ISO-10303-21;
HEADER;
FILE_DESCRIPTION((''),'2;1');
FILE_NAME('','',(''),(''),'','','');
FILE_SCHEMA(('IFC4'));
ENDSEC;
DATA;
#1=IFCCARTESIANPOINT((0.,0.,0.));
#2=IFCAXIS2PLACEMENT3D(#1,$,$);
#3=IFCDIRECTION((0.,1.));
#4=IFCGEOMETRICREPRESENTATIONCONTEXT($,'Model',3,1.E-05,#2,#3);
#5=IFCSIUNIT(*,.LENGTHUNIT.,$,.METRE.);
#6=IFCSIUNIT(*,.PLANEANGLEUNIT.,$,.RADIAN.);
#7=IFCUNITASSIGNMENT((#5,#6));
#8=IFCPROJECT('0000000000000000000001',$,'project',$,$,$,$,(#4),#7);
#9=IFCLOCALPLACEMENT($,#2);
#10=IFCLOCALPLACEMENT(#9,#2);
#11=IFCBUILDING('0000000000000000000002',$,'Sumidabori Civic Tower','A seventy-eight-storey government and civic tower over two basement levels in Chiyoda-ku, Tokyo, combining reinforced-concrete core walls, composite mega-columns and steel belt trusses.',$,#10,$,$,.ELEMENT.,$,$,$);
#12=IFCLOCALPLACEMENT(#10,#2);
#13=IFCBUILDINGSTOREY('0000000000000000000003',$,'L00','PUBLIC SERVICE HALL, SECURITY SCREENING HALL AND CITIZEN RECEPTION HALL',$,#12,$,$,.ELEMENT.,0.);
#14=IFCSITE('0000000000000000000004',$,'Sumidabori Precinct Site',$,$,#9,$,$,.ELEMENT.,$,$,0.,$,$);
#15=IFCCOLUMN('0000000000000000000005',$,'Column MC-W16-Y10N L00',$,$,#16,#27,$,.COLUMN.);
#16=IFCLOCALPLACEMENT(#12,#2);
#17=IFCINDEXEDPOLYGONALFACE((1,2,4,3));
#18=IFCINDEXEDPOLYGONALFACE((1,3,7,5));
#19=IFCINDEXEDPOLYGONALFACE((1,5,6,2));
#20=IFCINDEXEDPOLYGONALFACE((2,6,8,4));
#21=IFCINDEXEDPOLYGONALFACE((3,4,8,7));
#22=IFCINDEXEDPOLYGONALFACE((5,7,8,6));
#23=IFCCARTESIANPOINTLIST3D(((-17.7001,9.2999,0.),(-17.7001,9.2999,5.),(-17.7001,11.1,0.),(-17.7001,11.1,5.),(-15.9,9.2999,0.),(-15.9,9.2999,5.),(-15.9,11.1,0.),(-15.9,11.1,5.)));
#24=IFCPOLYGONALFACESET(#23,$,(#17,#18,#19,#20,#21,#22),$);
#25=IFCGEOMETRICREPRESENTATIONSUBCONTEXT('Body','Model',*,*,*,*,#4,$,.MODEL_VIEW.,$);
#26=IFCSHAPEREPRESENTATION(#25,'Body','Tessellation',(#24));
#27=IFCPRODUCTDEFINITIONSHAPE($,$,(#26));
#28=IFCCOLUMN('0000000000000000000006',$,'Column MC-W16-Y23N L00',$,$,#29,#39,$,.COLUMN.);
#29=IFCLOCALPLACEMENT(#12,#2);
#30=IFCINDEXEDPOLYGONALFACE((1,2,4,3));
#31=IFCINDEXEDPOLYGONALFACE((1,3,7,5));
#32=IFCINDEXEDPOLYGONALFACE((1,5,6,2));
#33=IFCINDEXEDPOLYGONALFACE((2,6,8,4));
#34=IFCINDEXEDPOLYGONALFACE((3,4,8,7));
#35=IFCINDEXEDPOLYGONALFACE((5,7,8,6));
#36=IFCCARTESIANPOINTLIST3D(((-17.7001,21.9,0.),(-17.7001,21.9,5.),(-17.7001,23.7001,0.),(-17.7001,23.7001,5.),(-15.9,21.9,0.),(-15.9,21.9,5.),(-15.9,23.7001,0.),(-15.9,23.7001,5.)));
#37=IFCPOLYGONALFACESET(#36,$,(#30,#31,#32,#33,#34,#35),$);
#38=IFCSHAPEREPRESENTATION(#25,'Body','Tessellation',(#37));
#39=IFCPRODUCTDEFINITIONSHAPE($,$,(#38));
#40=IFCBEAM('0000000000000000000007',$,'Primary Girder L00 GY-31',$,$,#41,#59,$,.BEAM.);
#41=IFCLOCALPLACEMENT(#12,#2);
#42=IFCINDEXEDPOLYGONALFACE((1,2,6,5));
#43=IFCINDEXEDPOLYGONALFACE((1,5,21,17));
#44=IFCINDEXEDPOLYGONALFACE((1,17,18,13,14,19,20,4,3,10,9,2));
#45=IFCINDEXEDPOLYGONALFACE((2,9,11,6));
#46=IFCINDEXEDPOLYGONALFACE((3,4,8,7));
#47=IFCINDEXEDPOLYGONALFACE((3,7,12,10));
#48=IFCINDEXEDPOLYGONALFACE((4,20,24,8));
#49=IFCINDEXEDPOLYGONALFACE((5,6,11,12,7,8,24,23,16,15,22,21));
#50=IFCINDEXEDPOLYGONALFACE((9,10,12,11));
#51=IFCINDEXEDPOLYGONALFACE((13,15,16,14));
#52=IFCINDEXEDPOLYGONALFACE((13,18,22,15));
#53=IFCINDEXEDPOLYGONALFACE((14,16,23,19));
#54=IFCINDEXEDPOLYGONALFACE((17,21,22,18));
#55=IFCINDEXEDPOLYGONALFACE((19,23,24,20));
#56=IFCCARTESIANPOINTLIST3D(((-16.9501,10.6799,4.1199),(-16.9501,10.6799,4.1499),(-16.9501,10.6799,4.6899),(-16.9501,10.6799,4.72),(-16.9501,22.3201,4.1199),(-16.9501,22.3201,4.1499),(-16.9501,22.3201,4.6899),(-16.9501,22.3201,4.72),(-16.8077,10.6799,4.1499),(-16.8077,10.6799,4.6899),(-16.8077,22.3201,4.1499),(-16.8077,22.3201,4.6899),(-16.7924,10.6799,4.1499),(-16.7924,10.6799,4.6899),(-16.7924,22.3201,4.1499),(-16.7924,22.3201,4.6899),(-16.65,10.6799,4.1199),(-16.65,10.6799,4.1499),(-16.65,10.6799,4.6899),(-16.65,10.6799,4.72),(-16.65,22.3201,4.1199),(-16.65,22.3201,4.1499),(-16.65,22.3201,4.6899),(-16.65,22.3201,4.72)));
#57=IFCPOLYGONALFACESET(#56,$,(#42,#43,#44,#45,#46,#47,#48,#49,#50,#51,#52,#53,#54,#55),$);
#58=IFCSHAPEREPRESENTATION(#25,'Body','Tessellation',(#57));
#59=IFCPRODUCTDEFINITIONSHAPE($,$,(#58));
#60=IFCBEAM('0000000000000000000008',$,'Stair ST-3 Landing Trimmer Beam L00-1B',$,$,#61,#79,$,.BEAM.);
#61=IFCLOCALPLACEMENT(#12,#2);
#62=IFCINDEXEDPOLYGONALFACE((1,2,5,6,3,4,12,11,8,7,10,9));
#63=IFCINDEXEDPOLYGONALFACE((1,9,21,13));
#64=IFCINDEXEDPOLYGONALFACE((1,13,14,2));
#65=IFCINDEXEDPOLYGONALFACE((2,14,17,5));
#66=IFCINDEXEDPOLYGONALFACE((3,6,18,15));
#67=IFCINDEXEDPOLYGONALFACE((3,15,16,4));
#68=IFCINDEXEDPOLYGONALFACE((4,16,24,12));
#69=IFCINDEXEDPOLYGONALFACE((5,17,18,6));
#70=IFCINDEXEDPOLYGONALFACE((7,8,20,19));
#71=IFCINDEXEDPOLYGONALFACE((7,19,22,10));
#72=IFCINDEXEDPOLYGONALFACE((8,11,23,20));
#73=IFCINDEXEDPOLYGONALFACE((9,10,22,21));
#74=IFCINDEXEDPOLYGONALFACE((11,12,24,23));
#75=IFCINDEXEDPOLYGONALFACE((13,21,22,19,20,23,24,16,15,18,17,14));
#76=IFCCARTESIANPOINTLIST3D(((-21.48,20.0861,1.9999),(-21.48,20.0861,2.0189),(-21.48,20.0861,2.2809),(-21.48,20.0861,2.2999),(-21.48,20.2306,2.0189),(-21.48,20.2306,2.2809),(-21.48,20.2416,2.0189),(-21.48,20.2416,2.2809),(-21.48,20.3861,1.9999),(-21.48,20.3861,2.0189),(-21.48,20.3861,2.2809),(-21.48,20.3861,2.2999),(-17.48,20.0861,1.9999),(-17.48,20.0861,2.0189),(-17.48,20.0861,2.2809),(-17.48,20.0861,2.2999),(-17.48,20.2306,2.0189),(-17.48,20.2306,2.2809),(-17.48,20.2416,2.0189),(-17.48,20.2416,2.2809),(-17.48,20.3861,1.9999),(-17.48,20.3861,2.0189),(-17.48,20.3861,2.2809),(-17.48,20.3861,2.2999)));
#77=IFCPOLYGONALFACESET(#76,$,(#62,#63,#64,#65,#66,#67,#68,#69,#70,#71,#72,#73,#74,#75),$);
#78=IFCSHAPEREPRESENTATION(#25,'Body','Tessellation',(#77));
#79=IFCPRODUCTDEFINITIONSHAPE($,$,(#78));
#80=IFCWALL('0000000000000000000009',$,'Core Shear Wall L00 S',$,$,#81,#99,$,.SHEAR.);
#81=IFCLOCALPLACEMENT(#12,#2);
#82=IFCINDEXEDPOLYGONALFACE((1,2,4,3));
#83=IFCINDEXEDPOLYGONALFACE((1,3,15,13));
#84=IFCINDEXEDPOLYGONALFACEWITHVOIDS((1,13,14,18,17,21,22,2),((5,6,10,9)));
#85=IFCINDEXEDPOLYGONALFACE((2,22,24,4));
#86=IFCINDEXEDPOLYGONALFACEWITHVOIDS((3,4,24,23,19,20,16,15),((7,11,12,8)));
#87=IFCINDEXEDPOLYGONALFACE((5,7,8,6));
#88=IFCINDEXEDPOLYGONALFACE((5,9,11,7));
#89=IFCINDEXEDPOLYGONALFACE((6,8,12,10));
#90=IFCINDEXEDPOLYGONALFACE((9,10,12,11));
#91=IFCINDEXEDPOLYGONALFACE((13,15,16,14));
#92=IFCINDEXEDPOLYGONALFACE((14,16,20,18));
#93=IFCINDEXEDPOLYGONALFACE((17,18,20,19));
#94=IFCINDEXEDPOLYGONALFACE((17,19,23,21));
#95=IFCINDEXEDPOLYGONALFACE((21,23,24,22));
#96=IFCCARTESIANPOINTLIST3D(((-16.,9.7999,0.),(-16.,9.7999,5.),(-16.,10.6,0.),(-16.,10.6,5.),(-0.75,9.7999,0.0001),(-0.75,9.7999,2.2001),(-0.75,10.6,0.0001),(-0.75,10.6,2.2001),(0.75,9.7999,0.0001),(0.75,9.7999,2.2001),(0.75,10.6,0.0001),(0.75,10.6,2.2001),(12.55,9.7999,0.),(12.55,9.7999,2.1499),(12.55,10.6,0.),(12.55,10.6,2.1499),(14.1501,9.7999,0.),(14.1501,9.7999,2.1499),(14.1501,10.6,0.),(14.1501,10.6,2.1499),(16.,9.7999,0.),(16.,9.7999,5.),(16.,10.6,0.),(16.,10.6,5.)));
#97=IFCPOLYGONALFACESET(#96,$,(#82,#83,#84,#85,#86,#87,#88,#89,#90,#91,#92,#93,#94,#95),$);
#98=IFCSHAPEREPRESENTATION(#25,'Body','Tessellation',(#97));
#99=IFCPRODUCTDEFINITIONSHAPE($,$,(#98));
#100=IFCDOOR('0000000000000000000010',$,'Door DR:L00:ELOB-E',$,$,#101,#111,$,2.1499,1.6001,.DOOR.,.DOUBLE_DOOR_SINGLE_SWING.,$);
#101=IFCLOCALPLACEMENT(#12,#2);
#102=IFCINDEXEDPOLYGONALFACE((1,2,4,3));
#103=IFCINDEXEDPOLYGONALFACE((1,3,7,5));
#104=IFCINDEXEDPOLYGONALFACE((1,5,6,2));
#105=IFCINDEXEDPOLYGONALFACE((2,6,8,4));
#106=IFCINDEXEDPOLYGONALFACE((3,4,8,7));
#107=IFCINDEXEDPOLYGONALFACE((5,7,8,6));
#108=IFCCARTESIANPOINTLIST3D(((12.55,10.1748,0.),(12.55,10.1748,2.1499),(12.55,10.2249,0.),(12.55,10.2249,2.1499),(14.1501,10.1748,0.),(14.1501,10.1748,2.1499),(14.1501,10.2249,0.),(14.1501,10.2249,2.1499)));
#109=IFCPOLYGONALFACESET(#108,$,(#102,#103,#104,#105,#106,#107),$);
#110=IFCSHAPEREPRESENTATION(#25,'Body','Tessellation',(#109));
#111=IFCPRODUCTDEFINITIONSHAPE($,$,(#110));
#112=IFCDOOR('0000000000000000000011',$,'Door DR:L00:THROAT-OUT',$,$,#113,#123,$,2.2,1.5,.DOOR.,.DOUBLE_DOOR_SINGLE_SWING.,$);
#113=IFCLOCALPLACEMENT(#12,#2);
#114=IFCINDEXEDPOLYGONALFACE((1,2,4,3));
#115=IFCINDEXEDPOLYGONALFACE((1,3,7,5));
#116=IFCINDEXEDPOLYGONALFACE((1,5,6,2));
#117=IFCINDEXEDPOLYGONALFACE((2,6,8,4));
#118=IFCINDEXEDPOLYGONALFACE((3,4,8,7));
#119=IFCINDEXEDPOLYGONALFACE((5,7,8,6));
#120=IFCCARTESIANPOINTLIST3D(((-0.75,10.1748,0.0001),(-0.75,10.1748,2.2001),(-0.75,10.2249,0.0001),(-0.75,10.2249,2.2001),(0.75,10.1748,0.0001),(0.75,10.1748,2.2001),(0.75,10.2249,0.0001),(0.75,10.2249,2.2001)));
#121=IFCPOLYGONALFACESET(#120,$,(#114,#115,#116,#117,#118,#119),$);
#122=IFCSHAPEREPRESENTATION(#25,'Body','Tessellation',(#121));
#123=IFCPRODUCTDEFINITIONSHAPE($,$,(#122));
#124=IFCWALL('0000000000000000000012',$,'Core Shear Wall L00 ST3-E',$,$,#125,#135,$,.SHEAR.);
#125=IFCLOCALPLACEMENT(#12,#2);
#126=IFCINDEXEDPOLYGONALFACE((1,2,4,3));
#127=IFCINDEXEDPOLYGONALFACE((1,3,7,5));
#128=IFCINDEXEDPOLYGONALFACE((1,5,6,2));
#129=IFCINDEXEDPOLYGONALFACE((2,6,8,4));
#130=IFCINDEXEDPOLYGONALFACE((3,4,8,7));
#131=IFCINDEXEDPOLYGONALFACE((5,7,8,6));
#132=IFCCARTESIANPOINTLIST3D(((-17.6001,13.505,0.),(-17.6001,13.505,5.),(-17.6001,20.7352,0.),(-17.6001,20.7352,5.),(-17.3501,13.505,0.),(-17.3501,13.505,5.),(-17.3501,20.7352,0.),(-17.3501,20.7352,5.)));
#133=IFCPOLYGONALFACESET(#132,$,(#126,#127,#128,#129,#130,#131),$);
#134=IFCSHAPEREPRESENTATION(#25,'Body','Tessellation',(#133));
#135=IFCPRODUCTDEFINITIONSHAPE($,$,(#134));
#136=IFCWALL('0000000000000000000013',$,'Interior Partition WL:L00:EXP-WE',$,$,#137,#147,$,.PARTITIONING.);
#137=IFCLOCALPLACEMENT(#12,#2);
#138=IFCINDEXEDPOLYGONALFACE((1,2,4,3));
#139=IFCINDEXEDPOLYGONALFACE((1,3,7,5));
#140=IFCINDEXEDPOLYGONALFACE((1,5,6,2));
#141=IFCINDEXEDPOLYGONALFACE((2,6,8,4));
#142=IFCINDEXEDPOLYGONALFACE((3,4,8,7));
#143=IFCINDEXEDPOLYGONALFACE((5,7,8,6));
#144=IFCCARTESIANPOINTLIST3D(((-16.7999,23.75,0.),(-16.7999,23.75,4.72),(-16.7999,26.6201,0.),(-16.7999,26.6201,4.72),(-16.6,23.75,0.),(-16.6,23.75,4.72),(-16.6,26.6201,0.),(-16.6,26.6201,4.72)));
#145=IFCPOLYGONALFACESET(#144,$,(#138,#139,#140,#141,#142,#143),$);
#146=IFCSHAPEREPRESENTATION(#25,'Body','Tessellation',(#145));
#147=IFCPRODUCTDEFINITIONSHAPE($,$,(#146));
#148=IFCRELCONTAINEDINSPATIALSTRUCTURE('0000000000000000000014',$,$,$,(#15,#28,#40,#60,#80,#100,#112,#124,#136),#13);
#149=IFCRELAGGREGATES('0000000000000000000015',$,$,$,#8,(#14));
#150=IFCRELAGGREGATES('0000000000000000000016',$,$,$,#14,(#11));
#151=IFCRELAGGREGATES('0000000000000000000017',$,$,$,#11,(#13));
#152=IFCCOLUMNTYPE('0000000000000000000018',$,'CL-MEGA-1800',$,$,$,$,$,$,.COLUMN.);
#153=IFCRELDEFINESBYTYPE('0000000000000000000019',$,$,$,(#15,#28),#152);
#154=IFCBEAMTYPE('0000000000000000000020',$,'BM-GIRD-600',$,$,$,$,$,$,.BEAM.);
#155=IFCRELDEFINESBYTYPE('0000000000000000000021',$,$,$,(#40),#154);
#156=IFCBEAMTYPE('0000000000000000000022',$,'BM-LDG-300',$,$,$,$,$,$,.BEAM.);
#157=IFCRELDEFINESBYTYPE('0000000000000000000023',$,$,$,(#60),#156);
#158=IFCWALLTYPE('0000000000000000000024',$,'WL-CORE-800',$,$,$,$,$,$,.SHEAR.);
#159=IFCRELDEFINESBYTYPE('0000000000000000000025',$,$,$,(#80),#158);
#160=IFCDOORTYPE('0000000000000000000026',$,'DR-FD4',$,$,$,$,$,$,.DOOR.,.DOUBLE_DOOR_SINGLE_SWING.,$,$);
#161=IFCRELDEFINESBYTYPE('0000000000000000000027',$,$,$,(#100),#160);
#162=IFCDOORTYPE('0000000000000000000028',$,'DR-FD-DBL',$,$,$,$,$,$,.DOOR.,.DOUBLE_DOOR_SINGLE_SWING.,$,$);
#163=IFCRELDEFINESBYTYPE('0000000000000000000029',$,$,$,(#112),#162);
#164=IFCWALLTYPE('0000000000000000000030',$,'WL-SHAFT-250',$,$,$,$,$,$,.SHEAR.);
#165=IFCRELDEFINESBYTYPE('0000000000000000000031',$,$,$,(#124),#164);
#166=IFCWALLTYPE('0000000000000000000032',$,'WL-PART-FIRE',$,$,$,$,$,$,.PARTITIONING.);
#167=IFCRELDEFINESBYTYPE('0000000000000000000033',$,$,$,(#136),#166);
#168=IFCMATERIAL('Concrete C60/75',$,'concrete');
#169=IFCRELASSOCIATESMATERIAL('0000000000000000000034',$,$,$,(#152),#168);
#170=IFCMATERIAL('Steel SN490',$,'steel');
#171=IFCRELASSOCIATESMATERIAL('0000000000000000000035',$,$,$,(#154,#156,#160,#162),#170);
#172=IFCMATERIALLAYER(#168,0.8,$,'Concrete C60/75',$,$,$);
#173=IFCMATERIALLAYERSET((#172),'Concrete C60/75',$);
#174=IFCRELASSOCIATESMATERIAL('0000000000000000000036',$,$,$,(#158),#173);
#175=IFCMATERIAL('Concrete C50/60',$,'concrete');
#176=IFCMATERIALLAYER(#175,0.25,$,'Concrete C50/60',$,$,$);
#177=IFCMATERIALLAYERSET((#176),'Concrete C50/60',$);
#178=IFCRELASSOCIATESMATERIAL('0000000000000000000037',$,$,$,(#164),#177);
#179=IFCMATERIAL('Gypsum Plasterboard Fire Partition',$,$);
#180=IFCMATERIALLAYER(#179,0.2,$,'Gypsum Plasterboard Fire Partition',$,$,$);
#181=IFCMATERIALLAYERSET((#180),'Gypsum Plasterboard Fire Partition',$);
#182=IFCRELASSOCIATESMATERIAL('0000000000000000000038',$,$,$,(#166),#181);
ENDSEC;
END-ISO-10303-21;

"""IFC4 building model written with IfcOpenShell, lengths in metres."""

from ifc_helpers import new_model, si_unit, direction, frame, frame_2d, origin, origin_2d, place, context, subcontext, project, spatial, rectangle, i_section, extrude, source, transform, mapped, material, layer, layer_set, material_profile, profile_set, type_object, element, fill, save


model = new_model("IFC4")

# Units and contexts
model_context = context("Model", 3, precision=1e-05, world=origin(), true_north=direction((0.0, 1.0)))
body_context = subcontext(model_context, "Body", "Model", "MODEL_VIEW")
ifc_project = project(units=[si_unit("LENGTHUNIT", "METRE"), si_unit("PLANEANGLEUNIT", "RADIAN")], contexts=[model_context])

# Site, building, storey
site_placement = place(None, origin())
site = spatial("IfcSite", under=ifc_project, at=site_placement, Name="Sumidabori Precinct Site", CompositionType="ELEMENT", RefElevation=0.0)
building_placement = place(site_placement, origin())
building = spatial("IfcBuilding", under=site, at=building_placement, Name="Sumidabori Civic Tower", Description="A seventy-eight-storey government and civic tower over two basement levels in Chiyoda-ku, Tokyo, combining reinforced-concrete core walls, composite mega-columns and steel belt trusses.", CompositionType="ELEMENT")
storey_placement = place(building_placement, origin())
storey = spatial("IfcBuildingStorey", under=building, at=storey_placement, Name="L00", Description="PUBLIC SERVICE HALL, SECURITY SCREENING HALL AND CITIZEN RECEPTION HALL", CompositionType="ELEMENT", Elevation=0.0)

# Columns
ifc_material_1 = material(Name="Concrete C60/75", Category="concrete")
ifc_material_profile_1 = material_profile(ifc_material_1, rectangle(XDim=1.8, YDim=1.8, at=origin_2d()), Name="RC 1800x1800")
ifc_profile_set_1 = profile_set([ifc_material_profile_1], Name="Concrete C60/75")
column_type = type_object("IfcColumnType", Name="CL-MEGA-1800", PredefinedType="COLUMN", material=ifc_profile_set_1)
shared_shape_1 = source(origin(), body_context, "Body", "SweptSolid", [
    extrude(rectangle(XDim=1.8, YDim=1.8, at=origin_2d()), origin(), (0.0, 0.0, 1.0), 5.0),
])
for number, where, z_axis, x_axis, name in (
    (1, (-16.8, 10.2, 0.0), (0.0, 0.0, 1.0), (1.0, 0.0, 0.0), "Column MC-W16-Y10N L00"),
    (2, (-16.8, 22.8, 0.0), (0.0, 0.0, 1.0), (1.0, 0.0, 0.0), "Column MC-W16-Y23N L00"),
):
    element("IfcColumn", number, at=place(storey_placement, frame(where, z_axis=z_axis, x_axis=x_axis)), inside=storey, type_object=column_type, Name=name, PredefinedType="COLUMN", context=body_context, shape_type="MappedRepresentation", body=[
        mapped(shared_shape_1, transform((0.0, 0.0, 0.0), x_axis=(1.0, 0.0, 0.0), y_axis=(0.0, 1.0, 0.0), z_axis=(0.0, 0.0, 1.0), scale=1.0)),
    ])

# Beams
ifc_material_2 = material(Name="Steel SN490", Category="steel")
ifc_material_profile_2 = material_profile(ifc_material_2, i_section(OverallWidth=0.3, OverallDepth=0.6001, WebThickness=0.0154, FlangeThickness=0.03, at=origin_2d()), Name="HE 600 B")
ifc_profile_set_2 = profile_set([ifc_material_profile_2], Name="Steel SN490")
beam_type_1 = type_object("IfcBeamType", Name="BM-GIRD-600", PredefinedType="BEAM", material=ifc_profile_set_2)
shared_shape_2 = source(origin(), body_context, "Body", "SweptSolid", [
    extrude(i_section(OverallWidth=0.3, OverallDepth=0.6001, WebThickness=0.0154, FlangeThickness=0.03, at=origin_2d()), origin(), (0.0, 0.0, 1.0), 11.6401),
])
beam_1_placement = place(storey_placement, frame((-16.8, 10.6799, 4.4199), z_axis=(0.0, 1.0, 0.0), x_axis=(-1.0, 0.0, 0.0)))
element("IfcBeam", 3, at=beam_1_placement, inside=storey, type_object=beam_type_1, Name="Primary Girder L00 GY-31", PredefinedType="BEAM", context=body_context, shape_type="MappedRepresentation", body=[
    mapped(shared_shape_2, transform((0.0, 0.0, 0.0), x_axis=(1.0, 0.0, 0.0), y_axis=(0.0, 1.0, 0.0), z_axis=(0.0, 0.0, 1.0), scale=1.0)),
])
ifc_material_profile_3 = material_profile(ifc_material_2, i_section(OverallWidth=0.3, OverallDepth=0.3, WebThickness=0.011, FlangeThickness=0.019, at=origin_2d()), Name="HE 300 B")
ifc_profile_set_3 = profile_set([ifc_material_profile_3], Name="Steel SN490")
beam_type_2 = type_object("IfcBeamType", Name="BM-LDG-300", PredefinedType="BEAM", material=ifc_profile_set_3)
shared_shape_3 = source(origin(), body_context, "Body", "SweptSolid", [
    extrude(i_section(OverallWidth=0.3, OverallDepth=0.3, WebThickness=0.011, FlangeThickness=0.019, at=origin_2d()), origin(), (0.0, 0.0, 1.0), 4.0),
])
beam_2_placement = place(storey_placement, frame((-21.48, 20.2361, 2.1499), z_axis=(1.0, 0.0, 0.0), x_axis=(0.0, 1.0, 0.0)))
element("IfcBeam", 4, at=beam_2_placement, inside=storey, type_object=beam_type_2, Name="Stair ST-3 Landing Trimmer Beam L00-1B", PredefinedType="BEAM", context=body_context, shape_type="MappedRepresentation", body=[
    mapped(shared_shape_3, transform((0.0, 0.0, 0.0), x_axis=(1.0, 0.0, 0.0), y_axis=(0.0, 1.0, 0.0), z_axis=(0.0, 0.0, 1.0), scale=1.0)),
])

# Wall, openings, doors
ifc_layer_1 = layer(ifc_material_1, 0.8, Name="Concrete C60/75")
ifc_layer_set_1 = layer_set([ifc_layer_1], Name="Concrete C60/75")
wall_type_1 = type_object("IfcWallType", Name="WL-CORE-800", PredefinedType="SHEAR", material=ifc_layer_set_1)
shared_shape_4 = source(origin(), body_context, "Body", "SweptSolid", [
    extrude(rectangle(XDim=32.0, YDim=0.8, at=frame_2d((16.0, 0.0))), origin(), (0.0, 0.0, 1.0), 5.0),
])
wall_1_placement = place(storey_placement, frame((-16.0, 10.2, 0.0), z_axis=(0.0, 0.0, 1.0), x_axis=(1.0, 0.0, 0.0)))
wall_1 = element("IfcWall", 5, at=wall_1_placement, inside=storey, type_object=wall_type_1, Name="Core Shear Wall L00 S", PredefinedType="SHEAR", context=body_context, shape_type="MappedRepresentation", body=[
    mapped(shared_shape_4, transform((0.0, 0.0, 0.0), x_axis=(1.0, 0.0, 0.0), y_axis=(0.0, 1.0, 0.0), z_axis=(0.0, 0.0, 1.0), scale=1.0)),
])
opening_1_placement = place(wall_1_placement, frame((28.55, 0.0, 0.0)))
opening_1 = element("IfcOpeningElement", 6, at=opening_1_placement, cuts=wall_1, PredefinedType="OPENING", context=body_context, shape_type="SweptSolid", body=[
    extrude(rectangle(XDim=1.6001, YDim=2.1499, at=frame_2d((0.8, 1.075))), frame((0.0, 0.4121, 0.0), z_axis=(0.0, -1.0, 0.0), x_axis=(1.0, 0.0, 0.0)), (0.0, 0.0, 1.0), 0.824),
])
opening_2_placement = place(wall_1_placement, frame((15.25, 0.0, 0.0)))
opening_2 = element("IfcOpeningElement", 7, at=opening_2_placement, cuts=wall_1, PredefinedType="OPENING", context=body_context, shape_type="SweptSolid", body=[
    extrude(rectangle(XDim=1.5, YDim=2.2, at=frame_2d((0.75, 1.1001))), frame((0.0, 0.4121, 0.0), z_axis=(0.0, -1.0, 0.0), x_axis=(1.0, 0.0, 0.0)), (0.0, 0.0, 1.0), 0.824),
])
door_type_1 = type_object("IfcDoorType", Name="DR-FD4", OperationType="DOUBLE_DOOR_SINGLE_SWING", PredefinedType="DOOR", material=ifc_material_2)
shared_shape_5 = source(origin(), body_context, "Body", "SweptSolid", [
    extrude(rectangle(XDim=1.6001, YDim=2.1499, at=frame_2d((0.8, 1.075))), frame((0.0, 0.0249, 0.0), z_axis=(0.0, -1.0, 0.0), x_axis=(1.0, 0.0, 0.0)), (0.0, 0.0, 1.0), 0.05),
])
door_1_placement = place(opening_1_placement, origin())
door_1 = element("IfcDoor", 8, at=door_1_placement, inside=storey, type_object=door_type_1, Name="Door DR:L00:ELOB-E", OperationType="DOUBLE_DOOR_SINGLE_SWING", OverallHeight=2.1499, OverallWidth=1.6001, PredefinedType="DOOR", context=body_context, shape_type="MappedRepresentation", body=[
    mapped(shared_shape_5, transform((0.0, 0.0, 0.0), x_axis=(1.0, 0.0, 0.0), y_axis=(0.0, 1.0, 0.0), z_axis=(0.0, 0.0, 1.0), scale=1.0)),
])
fill(opening_1, door_1)
door_type_2 = type_object("IfcDoorType", Name="DR-FD-DBL", OperationType="DOUBLE_DOOR_SINGLE_SWING", PredefinedType="DOOR", material=ifc_material_2)
shared_shape_6 = source(origin(), body_context, "Body", "SweptSolid", [
    extrude(rectangle(XDim=1.5, YDim=2.2, at=frame_2d((0.75, 1.1001))), frame((0.0, 0.0249, 0.0), z_axis=(0.0, -1.0, 0.0), x_axis=(1.0, 0.0, 0.0)), (0.0, 0.0, 1.0), 0.05),
])
door_2_placement = place(opening_2_placement, origin())
door_2 = element("IfcDoor", 9, at=door_2_placement, inside=storey, type_object=door_type_2, Name="Door DR:L00:THROAT-OUT", OperationType="DOUBLE_DOOR_SINGLE_SWING", OverallHeight=2.2, OverallWidth=1.5, PredefinedType="DOOR", context=body_context, shape_type="MappedRepresentation", body=[
    mapped(shared_shape_6, transform((0.0, 0.0, 0.0), x_axis=(1.0, 0.0, 0.0), y_axis=(0.0, 1.0, 0.0), z_axis=(0.0, 0.0, 1.0), scale=1.0)),
])
fill(opening_2, door_2)

# Walls
ifc_material_3 = material(Name="Concrete C50/60", Category="concrete")
ifc_layer_2 = layer(ifc_material_3, 0.25, Name="Concrete C50/60")
ifc_layer_set_2 = layer_set([ifc_layer_2], Name="Concrete C50/60")
wall_type_2 = type_object("IfcWallType", Name="WL-SHAFT-250", PredefinedType="SHEAR", material=ifc_layer_set_2)
shared_shape_7 = source(origin(), body_context, "Body", "SweptSolid", [
    extrude(rectangle(XDim=7.2302, YDim=0.25, at=frame_2d((3.6152, 0.0))), origin(), (0.0, 0.0, 1.0), 5.0),
])
wall_2_placement = place(storey_placement, frame((-17.4751, 13.5049, 0.0), z_axis=(0.0, 0.0, 1.0), x_axis=(0.0, 1.0, 0.0)))
element("IfcWall", 10, at=wall_2_placement, inside=storey, type_object=wall_type_2, Name="Core Shear Wall L00 ST3-E", PredefinedType="SHEAR", context=body_context, shape_type="MappedRepresentation", body=[
    mapped(shared_shape_7, transform((0.0, 0.0, 0.0), x_axis=(1.0, 0.0, 0.0), y_axis=(0.0, 1.0, 0.0), z_axis=(0.0, 0.0, 1.0), scale=1.0)),
])
ifc_material_4 = material(Name="Gypsum Plasterboard Fire Partition")
ifc_layer_3 = layer(ifc_material_4, 0.2, Name="Gypsum Plasterboard Fire Partition")
ifc_layer_set_3 = layer_set([ifc_layer_3], Name="Gypsum Plasterboard Fire Partition")
wall_type_3 = type_object("IfcWallType", Name="WL-PART-FIRE", PredefinedType="PARTITIONING", material=ifc_layer_set_3)
shared_shape_8 = source(origin(), body_context, "Body", "SweptSolid", [
    extrude(rectangle(XDim=2.8701, YDim=0.2, at=frame_2d((1.4351, 0.0))), origin(), (0.0, 0.0, 1.0), 4.72),
])
wall_3_placement = place(storey_placement, frame((-16.7, 23.75, 0.0), z_axis=(0.0, 0.0, 1.0), x_axis=(0.0, 1.0, 0.0)))
element("IfcWall", 11, at=wall_3_placement, inside=storey, type_object=wall_type_3, Name="Interior Partition WL:L00:EXP-WE", PredefinedType="PARTITIONING", context=body_context, shape_type="MappedRepresentation", body=[
    mapped(shared_shape_8, transform((0.0, 0.0, 0.0), x_axis=(1.0, 0.0, 0.0), y_axis=(0.0, 1.0, 0.0), z_axis=(0.0, 0.0, 1.0), scale=1.0)),
])

save(model, "model.ifc")
